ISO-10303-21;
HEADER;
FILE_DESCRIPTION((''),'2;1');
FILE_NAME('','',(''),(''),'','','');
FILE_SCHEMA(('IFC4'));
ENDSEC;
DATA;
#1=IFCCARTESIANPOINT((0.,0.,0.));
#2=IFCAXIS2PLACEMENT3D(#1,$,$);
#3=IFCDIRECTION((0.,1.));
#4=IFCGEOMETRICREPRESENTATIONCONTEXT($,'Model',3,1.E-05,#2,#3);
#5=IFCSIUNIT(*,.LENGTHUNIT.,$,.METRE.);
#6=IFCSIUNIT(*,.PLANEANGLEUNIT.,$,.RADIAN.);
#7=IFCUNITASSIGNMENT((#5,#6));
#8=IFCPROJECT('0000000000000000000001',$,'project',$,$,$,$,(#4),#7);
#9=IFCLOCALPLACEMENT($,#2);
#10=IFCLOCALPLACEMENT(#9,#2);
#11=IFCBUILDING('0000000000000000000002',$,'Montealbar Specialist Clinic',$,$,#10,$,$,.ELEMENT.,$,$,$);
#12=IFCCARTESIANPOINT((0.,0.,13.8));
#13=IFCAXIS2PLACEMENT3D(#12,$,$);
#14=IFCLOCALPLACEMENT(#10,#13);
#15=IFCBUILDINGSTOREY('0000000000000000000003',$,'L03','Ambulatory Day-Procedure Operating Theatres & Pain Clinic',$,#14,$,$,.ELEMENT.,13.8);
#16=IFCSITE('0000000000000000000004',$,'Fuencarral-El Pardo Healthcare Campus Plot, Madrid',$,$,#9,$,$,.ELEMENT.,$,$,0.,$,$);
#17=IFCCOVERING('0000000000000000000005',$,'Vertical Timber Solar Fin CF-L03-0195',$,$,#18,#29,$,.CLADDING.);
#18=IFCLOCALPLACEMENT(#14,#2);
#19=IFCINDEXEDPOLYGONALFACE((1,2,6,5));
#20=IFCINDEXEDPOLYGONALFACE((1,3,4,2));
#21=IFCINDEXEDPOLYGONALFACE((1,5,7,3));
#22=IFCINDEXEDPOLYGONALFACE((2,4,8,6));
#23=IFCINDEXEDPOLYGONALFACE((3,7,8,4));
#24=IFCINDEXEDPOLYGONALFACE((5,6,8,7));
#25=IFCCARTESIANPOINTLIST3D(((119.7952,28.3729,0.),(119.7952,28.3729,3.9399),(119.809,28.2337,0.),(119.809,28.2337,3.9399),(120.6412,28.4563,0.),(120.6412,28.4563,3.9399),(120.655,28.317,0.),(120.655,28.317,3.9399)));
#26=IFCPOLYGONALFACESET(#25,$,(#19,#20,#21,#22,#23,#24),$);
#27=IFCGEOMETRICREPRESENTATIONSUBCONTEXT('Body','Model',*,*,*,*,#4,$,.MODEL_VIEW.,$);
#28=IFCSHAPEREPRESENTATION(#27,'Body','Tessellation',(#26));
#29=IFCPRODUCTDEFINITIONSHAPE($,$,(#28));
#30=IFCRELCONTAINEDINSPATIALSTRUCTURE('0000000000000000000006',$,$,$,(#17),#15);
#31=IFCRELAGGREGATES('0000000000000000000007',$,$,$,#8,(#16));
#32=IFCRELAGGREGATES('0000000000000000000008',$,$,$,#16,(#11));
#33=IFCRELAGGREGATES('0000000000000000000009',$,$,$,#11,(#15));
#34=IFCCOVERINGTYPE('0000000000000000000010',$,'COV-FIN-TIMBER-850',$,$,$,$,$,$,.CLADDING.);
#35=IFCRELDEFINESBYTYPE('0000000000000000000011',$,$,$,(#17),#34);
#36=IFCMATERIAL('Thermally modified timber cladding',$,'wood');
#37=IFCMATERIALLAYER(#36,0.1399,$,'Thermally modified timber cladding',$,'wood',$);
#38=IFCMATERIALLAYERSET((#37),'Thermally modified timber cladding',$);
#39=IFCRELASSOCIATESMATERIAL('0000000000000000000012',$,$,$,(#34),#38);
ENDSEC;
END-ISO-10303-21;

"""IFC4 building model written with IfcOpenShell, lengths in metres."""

from ifc_helpers import new_model, si_unit, direction, frame, origin, origin_2d, place, context, subcontext, project, spatial, rectangle, extrude, material, layer, layer_set, type_object, element, save


model = new_model("IFC4")

# Units and contexts
model_context = context("Model", 3, precision=1e-05, world=origin(), true_north=direction((0.0, 1.0)))
body_context = subcontext(model_context, "Body", "Model", "MODEL_VIEW")
ifc_project = project(units=[si_unit("LENGTHUNIT", "METRE"), si_unit("PLANEANGLEUNIT", "RADIAN")], contexts=[model_context])

# Site, building, storey
site_placement = place(None, origin())
site = spatial("IfcSite", under=ifc_project, at=site_placement, Name="Fuencarral-El Pardo Healthcare Campus Plot, Madrid", CompositionType="ELEMENT", RefElevation=0.0)
building_placement = place(site_placement, origin())
building = spatial("IfcBuilding", under=site, at=building_placement, Name="Montealbar Specialist Clinic", CompositionType="ELEMENT")
storey_placement = place(building_placement, frame((0.0, 0.0, 13.8)))
storey = spatial("IfcBuildingStorey", under=building, at=storey_placement, Name="L03", Description="Ambulatory Day-Procedure Operating Theatres & Pain Clinic", CompositionType="ELEMENT", Elevation=13.8)

# Covering
ifc_material_1 = material(Name="Thermally modified timber cladding", Category="wood")
ifc_layer_1 = layer(ifc_material_1, 0.1399, Name="Thermally modified timber cladding", Category="wood")
ifc_layer_set_1 = layer_set([ifc_layer_1], Name="Thermally modified timber cladding")
covering_type = type_object("IfcCoveringType", Name="COV-FIN-TIMBER-850", PredefinedType="CLADDING", material=ifc_layer_set_1)
for number, where, z_axis, x_axis, name in (
    (1, (120.2251, 28.345, 0.0), (0.0, 0.0, 1.0), (0.995182, 0.098045, 0.0), "Vertical Timber Solar Fin CF-L03-0195"),
):
    element("IfcCovering", number, at=place(storey_placement, frame(where, z_axis=z_axis, x_axis=x_axis)), inside=storey, type_object=covering_type, Name=name, PredefinedType="CLADDING", context=body_context, shape_type="SweptSolid", body=[
        extrude(rectangle(XDim=0.8501, YDim=0.1399, at=origin_2d()), origin(), (0.0, 0.0, 1.0), 3.9399),
    ])

save(model, "model.ifc")
